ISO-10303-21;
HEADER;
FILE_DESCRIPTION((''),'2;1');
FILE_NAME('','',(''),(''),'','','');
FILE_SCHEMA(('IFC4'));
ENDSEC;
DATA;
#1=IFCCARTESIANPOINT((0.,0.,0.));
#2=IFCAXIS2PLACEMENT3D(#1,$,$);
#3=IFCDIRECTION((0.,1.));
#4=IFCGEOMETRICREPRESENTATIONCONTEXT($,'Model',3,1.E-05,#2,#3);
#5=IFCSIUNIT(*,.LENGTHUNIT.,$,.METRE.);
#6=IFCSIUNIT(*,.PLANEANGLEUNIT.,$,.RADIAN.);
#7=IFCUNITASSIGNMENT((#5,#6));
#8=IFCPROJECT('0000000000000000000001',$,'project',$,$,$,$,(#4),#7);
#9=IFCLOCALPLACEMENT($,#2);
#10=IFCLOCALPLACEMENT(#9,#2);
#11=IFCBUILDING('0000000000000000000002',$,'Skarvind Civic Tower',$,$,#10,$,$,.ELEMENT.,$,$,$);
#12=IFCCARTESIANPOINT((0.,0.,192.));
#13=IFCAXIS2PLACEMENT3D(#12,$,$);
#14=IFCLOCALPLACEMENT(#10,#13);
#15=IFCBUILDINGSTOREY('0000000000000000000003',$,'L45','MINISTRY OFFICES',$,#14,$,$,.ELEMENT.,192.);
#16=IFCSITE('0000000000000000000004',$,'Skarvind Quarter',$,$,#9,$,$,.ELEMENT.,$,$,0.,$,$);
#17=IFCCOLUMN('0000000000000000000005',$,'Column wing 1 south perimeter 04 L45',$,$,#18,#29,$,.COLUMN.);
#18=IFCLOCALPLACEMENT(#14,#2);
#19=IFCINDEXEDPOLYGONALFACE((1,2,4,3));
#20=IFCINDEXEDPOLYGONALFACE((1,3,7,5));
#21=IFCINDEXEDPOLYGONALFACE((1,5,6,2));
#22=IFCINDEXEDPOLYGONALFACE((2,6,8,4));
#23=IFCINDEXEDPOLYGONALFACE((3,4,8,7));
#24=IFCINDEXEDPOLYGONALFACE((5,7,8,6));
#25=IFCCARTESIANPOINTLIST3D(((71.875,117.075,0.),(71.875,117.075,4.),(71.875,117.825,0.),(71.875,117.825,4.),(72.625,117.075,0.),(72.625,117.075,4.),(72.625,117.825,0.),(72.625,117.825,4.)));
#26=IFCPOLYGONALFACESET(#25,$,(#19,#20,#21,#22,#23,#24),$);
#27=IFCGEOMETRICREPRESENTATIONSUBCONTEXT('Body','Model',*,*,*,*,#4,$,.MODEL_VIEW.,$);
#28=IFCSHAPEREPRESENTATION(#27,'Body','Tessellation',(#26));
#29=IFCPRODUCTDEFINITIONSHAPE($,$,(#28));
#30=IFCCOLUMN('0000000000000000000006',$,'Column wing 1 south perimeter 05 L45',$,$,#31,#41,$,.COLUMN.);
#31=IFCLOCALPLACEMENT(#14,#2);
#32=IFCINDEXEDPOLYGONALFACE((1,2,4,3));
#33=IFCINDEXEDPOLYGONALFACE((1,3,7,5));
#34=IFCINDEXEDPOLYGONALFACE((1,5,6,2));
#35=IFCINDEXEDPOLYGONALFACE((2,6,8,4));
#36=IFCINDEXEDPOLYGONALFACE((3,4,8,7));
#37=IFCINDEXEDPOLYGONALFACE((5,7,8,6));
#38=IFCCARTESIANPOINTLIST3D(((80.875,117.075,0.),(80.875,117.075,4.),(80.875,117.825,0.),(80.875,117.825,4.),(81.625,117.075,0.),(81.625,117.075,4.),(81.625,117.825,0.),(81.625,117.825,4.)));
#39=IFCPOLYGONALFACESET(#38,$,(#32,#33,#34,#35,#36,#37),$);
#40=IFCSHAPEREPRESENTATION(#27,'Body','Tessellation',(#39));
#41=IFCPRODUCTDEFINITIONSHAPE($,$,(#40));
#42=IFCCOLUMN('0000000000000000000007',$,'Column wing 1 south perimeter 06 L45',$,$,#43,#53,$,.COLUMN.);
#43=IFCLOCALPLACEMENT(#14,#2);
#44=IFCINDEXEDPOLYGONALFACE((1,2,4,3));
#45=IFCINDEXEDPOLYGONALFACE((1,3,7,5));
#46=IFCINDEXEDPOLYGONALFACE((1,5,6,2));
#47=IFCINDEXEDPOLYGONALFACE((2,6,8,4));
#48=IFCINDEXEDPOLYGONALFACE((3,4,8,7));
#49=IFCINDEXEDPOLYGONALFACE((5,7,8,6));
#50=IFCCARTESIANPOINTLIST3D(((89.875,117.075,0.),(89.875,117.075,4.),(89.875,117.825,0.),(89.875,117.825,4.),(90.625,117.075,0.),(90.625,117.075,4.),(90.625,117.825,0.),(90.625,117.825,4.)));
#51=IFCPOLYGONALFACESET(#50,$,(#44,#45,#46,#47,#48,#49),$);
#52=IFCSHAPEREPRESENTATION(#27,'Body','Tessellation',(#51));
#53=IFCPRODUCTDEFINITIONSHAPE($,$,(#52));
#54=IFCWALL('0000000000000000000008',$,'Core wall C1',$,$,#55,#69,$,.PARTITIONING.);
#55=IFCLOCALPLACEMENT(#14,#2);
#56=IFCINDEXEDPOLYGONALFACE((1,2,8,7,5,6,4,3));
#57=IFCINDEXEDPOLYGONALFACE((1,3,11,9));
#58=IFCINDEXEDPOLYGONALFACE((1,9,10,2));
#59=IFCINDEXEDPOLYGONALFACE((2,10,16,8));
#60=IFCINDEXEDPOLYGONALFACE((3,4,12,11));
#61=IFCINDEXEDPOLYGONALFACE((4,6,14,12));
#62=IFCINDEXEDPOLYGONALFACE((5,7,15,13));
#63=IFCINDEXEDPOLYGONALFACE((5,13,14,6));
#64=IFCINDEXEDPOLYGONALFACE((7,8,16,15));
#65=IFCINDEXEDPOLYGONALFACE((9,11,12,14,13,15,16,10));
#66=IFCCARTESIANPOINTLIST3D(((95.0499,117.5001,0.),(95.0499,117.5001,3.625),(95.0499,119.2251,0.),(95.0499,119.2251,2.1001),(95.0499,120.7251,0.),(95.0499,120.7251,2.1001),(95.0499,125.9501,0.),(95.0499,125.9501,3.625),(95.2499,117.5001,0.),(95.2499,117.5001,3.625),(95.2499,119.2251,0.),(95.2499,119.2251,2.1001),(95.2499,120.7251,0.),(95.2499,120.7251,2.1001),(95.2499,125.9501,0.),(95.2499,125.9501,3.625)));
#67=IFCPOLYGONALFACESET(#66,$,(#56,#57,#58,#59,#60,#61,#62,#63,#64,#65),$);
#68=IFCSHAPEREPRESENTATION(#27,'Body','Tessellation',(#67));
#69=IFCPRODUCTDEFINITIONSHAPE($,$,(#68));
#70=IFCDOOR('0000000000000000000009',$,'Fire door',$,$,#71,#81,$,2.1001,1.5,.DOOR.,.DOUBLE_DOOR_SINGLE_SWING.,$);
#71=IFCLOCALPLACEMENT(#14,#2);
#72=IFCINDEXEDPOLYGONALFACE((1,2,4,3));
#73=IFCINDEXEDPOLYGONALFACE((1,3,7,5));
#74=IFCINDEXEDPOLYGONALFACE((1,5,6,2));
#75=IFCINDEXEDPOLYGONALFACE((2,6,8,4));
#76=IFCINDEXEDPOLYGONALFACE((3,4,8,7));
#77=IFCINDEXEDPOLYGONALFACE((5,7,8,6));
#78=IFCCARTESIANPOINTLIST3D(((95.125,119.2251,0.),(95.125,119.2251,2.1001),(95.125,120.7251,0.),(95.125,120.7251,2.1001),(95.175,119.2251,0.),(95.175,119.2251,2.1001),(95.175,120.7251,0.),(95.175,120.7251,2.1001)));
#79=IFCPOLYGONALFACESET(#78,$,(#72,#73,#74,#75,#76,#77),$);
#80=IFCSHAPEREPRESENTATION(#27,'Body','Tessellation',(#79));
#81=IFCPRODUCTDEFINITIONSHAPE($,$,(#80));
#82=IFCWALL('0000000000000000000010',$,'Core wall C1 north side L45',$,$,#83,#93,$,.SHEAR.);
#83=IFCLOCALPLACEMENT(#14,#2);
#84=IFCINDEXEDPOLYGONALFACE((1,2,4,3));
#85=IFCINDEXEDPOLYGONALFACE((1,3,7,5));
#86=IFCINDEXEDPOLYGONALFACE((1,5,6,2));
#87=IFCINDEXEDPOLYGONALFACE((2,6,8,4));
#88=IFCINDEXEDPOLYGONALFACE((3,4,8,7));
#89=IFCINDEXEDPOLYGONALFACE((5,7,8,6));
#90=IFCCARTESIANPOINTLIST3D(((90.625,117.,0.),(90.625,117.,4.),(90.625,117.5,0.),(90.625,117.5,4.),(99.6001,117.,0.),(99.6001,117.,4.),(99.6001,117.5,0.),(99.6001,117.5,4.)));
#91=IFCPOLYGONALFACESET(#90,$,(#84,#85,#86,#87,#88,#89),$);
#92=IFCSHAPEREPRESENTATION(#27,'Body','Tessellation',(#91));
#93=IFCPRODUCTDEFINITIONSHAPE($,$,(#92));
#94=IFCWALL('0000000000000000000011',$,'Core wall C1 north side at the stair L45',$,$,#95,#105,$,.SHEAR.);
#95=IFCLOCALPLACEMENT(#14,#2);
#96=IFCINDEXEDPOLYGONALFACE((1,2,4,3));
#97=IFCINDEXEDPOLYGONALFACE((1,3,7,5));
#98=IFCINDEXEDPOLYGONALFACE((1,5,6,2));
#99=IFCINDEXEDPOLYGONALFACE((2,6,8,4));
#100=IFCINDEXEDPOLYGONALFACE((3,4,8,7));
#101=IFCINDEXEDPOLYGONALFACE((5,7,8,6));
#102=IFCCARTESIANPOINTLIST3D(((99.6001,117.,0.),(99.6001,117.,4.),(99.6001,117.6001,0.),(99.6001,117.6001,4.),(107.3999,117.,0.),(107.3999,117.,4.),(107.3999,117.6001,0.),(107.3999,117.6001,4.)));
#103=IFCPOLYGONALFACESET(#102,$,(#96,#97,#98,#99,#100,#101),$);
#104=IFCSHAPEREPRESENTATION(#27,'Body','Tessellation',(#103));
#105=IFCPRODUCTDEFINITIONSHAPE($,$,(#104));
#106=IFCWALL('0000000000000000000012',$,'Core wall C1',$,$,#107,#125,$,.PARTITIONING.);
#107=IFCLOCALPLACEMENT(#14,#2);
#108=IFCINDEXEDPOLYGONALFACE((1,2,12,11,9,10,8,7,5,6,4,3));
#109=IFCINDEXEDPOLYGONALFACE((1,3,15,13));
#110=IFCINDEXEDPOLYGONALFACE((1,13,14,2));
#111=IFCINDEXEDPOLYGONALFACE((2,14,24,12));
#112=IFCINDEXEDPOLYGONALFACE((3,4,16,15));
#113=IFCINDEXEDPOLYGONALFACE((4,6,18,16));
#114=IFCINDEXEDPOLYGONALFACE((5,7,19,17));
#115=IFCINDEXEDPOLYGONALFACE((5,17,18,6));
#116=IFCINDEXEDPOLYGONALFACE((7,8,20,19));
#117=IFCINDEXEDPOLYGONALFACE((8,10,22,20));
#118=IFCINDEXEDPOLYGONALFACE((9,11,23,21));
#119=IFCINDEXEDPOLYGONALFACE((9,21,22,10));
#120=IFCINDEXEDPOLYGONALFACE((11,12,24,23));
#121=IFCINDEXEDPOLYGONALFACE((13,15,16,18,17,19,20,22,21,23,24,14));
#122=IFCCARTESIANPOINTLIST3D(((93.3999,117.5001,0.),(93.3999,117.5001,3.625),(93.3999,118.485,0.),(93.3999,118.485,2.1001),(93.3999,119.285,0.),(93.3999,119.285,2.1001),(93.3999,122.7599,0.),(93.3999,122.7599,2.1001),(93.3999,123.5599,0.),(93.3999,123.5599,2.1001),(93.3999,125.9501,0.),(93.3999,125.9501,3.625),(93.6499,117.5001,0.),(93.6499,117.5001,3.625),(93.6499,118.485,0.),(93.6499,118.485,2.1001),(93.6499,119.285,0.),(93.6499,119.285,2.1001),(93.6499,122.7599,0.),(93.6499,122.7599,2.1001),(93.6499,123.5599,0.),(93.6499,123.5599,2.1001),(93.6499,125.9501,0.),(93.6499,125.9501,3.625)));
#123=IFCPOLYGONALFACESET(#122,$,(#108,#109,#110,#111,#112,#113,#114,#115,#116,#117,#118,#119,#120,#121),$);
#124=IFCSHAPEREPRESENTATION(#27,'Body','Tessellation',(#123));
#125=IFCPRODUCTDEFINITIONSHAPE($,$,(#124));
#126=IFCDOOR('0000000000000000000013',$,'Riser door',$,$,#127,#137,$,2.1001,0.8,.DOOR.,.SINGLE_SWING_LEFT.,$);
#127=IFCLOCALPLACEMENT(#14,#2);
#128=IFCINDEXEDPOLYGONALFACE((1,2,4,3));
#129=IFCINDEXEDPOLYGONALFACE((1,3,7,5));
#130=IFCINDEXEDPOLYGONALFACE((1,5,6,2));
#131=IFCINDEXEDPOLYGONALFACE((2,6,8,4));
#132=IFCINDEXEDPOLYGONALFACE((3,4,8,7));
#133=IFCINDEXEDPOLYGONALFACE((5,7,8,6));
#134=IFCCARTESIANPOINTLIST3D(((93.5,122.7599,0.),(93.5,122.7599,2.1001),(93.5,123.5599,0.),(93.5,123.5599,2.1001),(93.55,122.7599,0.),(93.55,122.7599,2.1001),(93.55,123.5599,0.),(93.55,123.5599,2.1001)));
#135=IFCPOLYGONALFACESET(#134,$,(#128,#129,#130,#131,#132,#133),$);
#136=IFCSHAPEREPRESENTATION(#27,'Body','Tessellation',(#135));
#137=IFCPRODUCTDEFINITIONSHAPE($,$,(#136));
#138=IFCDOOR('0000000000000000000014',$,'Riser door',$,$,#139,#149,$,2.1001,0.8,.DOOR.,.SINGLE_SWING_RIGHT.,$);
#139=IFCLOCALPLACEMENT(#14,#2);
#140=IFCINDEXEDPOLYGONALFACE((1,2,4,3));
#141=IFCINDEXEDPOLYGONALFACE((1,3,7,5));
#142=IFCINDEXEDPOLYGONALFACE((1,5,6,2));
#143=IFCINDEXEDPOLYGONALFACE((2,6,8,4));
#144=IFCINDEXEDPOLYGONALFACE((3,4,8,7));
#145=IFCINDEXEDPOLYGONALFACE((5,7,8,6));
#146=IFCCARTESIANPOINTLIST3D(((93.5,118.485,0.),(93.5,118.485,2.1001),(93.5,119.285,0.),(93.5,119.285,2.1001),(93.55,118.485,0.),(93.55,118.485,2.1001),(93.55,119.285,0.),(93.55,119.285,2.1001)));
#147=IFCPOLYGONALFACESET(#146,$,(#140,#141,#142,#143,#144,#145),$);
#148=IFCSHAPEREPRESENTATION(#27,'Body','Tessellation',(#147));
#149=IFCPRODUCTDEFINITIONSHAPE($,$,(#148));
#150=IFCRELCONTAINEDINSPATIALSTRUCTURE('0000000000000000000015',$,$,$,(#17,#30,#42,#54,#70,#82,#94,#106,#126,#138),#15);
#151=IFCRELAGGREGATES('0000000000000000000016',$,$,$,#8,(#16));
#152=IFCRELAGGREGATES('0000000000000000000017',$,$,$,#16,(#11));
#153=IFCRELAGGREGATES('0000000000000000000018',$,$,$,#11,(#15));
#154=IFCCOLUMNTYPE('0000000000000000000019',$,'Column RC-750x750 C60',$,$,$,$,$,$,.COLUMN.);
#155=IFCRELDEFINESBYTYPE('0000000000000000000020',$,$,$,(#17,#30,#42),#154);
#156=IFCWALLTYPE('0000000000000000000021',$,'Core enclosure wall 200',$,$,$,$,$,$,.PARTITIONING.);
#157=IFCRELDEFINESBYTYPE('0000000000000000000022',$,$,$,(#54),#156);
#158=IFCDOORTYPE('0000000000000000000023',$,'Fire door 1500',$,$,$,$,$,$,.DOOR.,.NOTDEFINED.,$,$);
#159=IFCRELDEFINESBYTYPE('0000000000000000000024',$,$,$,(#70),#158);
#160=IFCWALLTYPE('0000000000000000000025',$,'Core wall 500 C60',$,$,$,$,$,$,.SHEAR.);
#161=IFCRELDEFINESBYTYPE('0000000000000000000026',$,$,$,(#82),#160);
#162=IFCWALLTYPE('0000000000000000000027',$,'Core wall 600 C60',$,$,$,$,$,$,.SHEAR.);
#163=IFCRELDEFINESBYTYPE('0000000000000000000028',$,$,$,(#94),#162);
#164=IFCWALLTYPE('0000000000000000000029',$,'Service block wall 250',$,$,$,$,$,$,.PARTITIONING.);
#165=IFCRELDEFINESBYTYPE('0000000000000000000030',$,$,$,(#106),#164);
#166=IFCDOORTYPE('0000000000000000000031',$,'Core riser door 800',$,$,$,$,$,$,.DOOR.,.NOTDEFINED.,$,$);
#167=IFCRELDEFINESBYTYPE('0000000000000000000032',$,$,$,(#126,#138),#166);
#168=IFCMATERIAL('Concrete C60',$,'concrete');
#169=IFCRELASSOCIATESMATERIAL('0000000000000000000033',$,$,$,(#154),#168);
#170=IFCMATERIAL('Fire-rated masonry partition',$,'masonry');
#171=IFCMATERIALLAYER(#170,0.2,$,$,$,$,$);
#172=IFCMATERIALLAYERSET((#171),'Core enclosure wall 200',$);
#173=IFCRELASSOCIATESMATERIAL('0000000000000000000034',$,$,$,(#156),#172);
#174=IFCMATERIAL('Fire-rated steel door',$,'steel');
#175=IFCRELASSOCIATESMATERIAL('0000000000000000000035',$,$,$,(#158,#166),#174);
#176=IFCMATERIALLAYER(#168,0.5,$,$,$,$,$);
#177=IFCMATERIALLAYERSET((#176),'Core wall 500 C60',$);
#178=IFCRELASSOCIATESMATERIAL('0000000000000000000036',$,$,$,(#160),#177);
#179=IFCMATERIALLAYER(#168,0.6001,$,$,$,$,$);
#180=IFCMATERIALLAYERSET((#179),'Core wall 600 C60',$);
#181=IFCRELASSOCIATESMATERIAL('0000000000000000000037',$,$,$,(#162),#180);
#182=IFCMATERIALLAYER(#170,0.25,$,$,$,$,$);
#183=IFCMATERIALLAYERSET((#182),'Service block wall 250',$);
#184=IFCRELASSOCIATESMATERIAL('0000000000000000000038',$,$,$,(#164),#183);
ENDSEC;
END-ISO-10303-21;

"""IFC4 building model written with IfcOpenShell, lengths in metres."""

from ifc_helpers import new_model, si_unit, direction, frame, frame_2d, origin, origin_2d, place, context, subcontext, project, spatial, rectangle, extrude, material, layer, layer_set, material_profile, profile_set, type_object, element, fill, save


model = new_model("IFC4")

# Units and contexts
model_context = context("Model", 3, precision=1e-05, world=origin(), true_north=direction((0.0, 1.0)))
body_context = subcontext(model_context, "Body", "Model", "MODEL_VIEW")
ifc_project = project(units=[si_unit("LENGTHUNIT", "METRE"), si_unit("PLANEANGLEUNIT", "RADIAN")], contexts=[model_context])

# Site, building, storey
site_placement = place(None, origin())
site = spatial("IfcSite", under=ifc_project, at=site_placement, Name="Skarvind Quarter", CompositionType="ELEMENT", RefElevation=0.0)
building_placement = place(site_placement, origin())
building = spatial("IfcBuilding", under=site, at=building_placement, Name="Skarvind Civic Tower", CompositionType="ELEMENT")
storey_placement = place(building_placement, frame((0.0, 0.0, 192.0)))
storey = spatial("IfcBuildingStorey", under=building, at=storey_placement, Name="L45", Description="MINISTRY OFFICES", CompositionType="ELEMENT", Elevation=192.0)

# Columns
ifc_material_1 = material(Name="Concrete C60", Category="concrete")
ifc_material_profile_1 = material_profile(ifc_material_1, rectangle(XDim=0.75, YDim=0.75, at=origin_2d()), Name="RC-750x750")
ifc_profile_set_1 = profile_set([ifc_material_profile_1], Name="Concrete C60")
column_type = type_object("IfcColumnType", Name="Column RC-750x750 C60", PredefinedType="COLUMN", material=ifc_profile_set_1)
for number, where, z_axis, x_axis, name in (
    (1, (72.25, 117.45, 0.0), (0.0, 0.0, 1.0), (1.0, 0.0, 0.0), "Column wing 1 south perimeter 04 L45"),
    (2, (81.25, 117.45, 0.0), (0.0, 0.0, 1.0), (1.0, 0.0, 0.0), "Column wing 1 south perimeter 05 L45"),
    (3, (90.25, 117.45, 0.0), (0.0, 0.0, 1.0), (1.0, 0.0, 0.0), "Column wing 1 south perimeter 06 L45"),
):
    element("IfcColumn", number, at=place(storey_placement, frame(where, z_axis=z_axis, x_axis=x_axis)), inside=storey, type_object=column_type, Name=name, PredefinedType="COLUMN", context=body_context, shape_type="SweptSolid", body=[
        extrude(rectangle(XDim=0.75, YDim=0.75, at=origin_2d()), origin(), (0.0, 0.0, 1.0), 4.0),
    ])

# Wall, opening, door
ifc_material_2 = material(Name="Fire-rated masonry partition", Category="masonry")
ifc_layer_1 = layer(ifc_material_2, 0.2)
ifc_layer_set_1 = layer_set([ifc_layer_1], Name="Core enclosure wall 200")
wall_type_1 = type_object("IfcWallType", Name="Core enclosure wall 200", PredefinedType="PARTITIONING", material=ifc_layer_set_1)
wall_1_placement = place(storey_placement, frame((95.1499, 117.5, 0.0), z_axis=(0.0, 0.0, 1.0), x_axis=(0.0, 1.0, 0.0)))
wall_1 = element("IfcWall", 4, at=wall_1_placement, inside=storey, type_object=wall_type_1, Name="Core wall C1", PredefinedType="PARTITIONING", context=body_context, shape_type="SweptSolid", body=[
    extrude(rectangle(XDim=8.45, YDim=0.2, at=frame_2d((4.2251, 0.0))), origin(), (0.0, 0.0, 1.0), 3.625),
])
opening_1_placement = place(wall_1_placement, frame((1.7251, 0.0, 0.0)))
opening_1 = element("IfcOpeningElement", 5, at=opening_1_placement, cuts=wall_1, PredefinedType="OPENING", context=body_context, shape_type="SweptSolid", body=[
    extrude(rectangle(XDim=1.5, YDim=2.1001, at=frame_2d((0.75, 1.05))), frame((0.0, 0.1099, 0.0), z_axis=(0.0, -1.0, 0.0), x_axis=(1.0, 0.0, 0.0)), (0.0, 0.0, 1.0), 0.22),
])
ifc_material_3 = material(Name="Fire-rated steel door", Category="steel")
door_type_1 = type_object("IfcDoorType", Name="Fire door 1500", OperationType="NOTDEFINED", PredefinedType="DOOR", material=ifc_material_3)
door_1_placement = place(opening_1_placement, origin())
door_1 = element("IfcDoor", 6, at=door_1_placement, inside=storey, type_object=door_type_1, Name="Fire door", OperationType="DOUBLE_DOOR_SINGLE_SWING", OverallHeight=2.1001, OverallWidth=1.5, PredefinedType="DOOR", context=body_context, shape_type="SweptSolid", body=[
    extrude(rectangle(XDim=1.5, YDim=2.1001, at=frame_2d((0.75, 1.05))), frame((0.0, 0.0249, 0.0), z_axis=(0.0, -1.0, 0.0), x_axis=(1.0, 0.0, 0.0)), (0.0, 0.0, 1.0), 0.05),
])
fill(opening_1, door_1)

# Walls
ifc_layer_2 = layer(ifc_material_1, 0.5)
ifc_layer_set_2 = layer_set([ifc_layer_2], Name="Core wall 500 C60")
wall_type_2 = type_object("IfcWallType", Name="Core wall 500 C60", PredefinedType="SHEAR", material=ifc_layer_set_2)
wall_2_placement = place(storey_placement, frame((99.6001, 117.25, 0.0), z_axis=(0.0, 0.0, 1.0), x_axis=(-1.0, 0.0, 0.0)))
element("IfcWall", 7, at=wall_2_placement, inside=storey, type_object=wall_type_2, Name="Core wall C1 north side L45", PredefinedType="SHEAR", context=body_context, shape_type="SweptSolid", body=[
    extrude(rectangle(XDim=8.9751, YDim=0.5, at=frame_2d((4.4875, 0.0))), origin(), (0.0, 0.0, 1.0), 4.0),
])
ifc_layer_3 = layer(ifc_material_1, 0.6001)
ifc_layer_set_3 = layer_set([ifc_layer_3], Name="Core wall 600 C60")
wall_type_3 = type_object("IfcWallType", Name="Core wall 600 C60", PredefinedType="SHEAR", material=ifc_layer_set_3)
wall_3_placement = place(storey_placement, frame((107.3999, 117.3, 0.0), z_axis=(0.0, 0.0, 1.0), x_axis=(-1.0, 0.0, 0.0)))
element("IfcWall", 8, at=wall_3_placement, inside=storey, type_object=wall_type_3, Name="Core wall C1 north side at the stair L45", PredefinedType="SHEAR", context=body_context, shape_type="SweptSolid", body=[
    extrude(rectangle(XDim=7.7998, YDim=0.6001, at=frame_2d((3.8999, 0.0))), origin(), (0.0, 0.0, 1.0), 4.0),
])

# Wall, openings, doors
ifc_layer_4 = layer(ifc_material_2, 0.25)
ifc_layer_set_4 = layer_set([ifc_layer_4], Name="Service block wall 250")
wall_type_4 = type_object("IfcWallType", Name="Service block wall 250", PredefinedType="PARTITIONING", material=ifc_layer_set_4)
wall_4_placement = place(storey_placement, frame((93.5249, 117.5, 0.0), z_axis=(0.0, 0.0, 1.0), x_axis=(0.0, 1.0, 0.0)))
wall_4 = element("IfcWall", 9, at=wall_4_placement, inside=storey, type_object=wall_type_4, Name="Core wall C1", PredefinedType="PARTITIONING", context=body_context, shape_type="SweptSolid", body=[
    extrude(rectangle(XDim=8.45, YDim=0.25, at=frame_2d((4.2251, 0.0))), origin(), (0.0, 0.0, 1.0), 3.625),
])
opening_2_placement = place(wall_4_placement, frame((5.26, 0.0, 0.0)))
opening_2 = element("IfcOpeningElement", 10, at=opening_2_placement, cuts=wall_4, PredefinedType="OPENING", context=body_context, shape_type="SweptSolid", body=[
    extrude(rectangle(XDim=0.8, YDim=2.1001, at=frame_2d((0.3999, 1.05))), frame((0.0, 0.135, 0.0), z_axis=(0.0, -1.0, 0.0), x_axis=(1.0, 0.0, 0.0)), (0.0, 0.0, 1.0), 0.27),
])
opening_3_placement = place(wall_4_placement, frame((0.9851, 0.0, 0.0)))
opening_3 = element("IfcOpeningElement", 11, at=opening_3_placement, cuts=wall_4, PredefinedType="OPENING", context=body_context, shape_type="SweptSolid", body=[
    extrude(rectangle(XDim=0.8, YDim=2.1001, at=frame_2d((0.3999, 1.05))), frame((0.0, 0.135, 0.0), z_axis=(0.0, -1.0, 0.0), x_axis=(1.0, 0.0, 0.0)), (0.0, 0.0, 1.0), 0.27),
])
door_type_2 = type_object("IfcDoorType", Name="Core riser door 800", OperationType="NOTDEFINED", PredefinedType="DOOR", material=ifc_material_3)
door_2_placement = place(opening_2_placement, origin())
door_2 = element("IfcDoor", 12, at=door_2_placement, inside=storey, type_object=door_type_2, Name="Riser door", OperationType="SINGLE_SWING_LEFT", OverallHeight=2.1001, OverallWidth=0.8, PredefinedType="DOOR", context=body_context, shape_type="SweptSolid", body=[
    extrude(rectangle(XDim=0.8, YDim=2.1001, at=frame_2d((0.3999, 1.05))), frame((0.0, 0.0249, 0.0), z_axis=(0.0, -1.0, 0.0), x_axis=(1.0, 0.0, 0.0)), (0.0, 0.0, 1.0), 0.05),
])
fill(opening_2, door_2)
door_3_placement = place(opening_3_placement, origin())
door_3 = element("IfcDoor", 13, at=door_3_placement, inside=storey, type_object=door_type_2, Name="Riser door", OperationType="SINGLE_SWING_RIGHT", OverallHeight=2.1001, OverallWidth=0.8, PredefinedType="DOOR", context=body_context, shape_type="SweptSolid", body=[
    extrude(rectangle(XDim=0.8, YDim=2.1001, at=frame_2d((0.3999, 1.05))), frame((0.0, 0.0249, 0.0), z_axis=(0.0, -1.0, 0.0), x_axis=(1.0, 0.0, 0.0)), (0.0, 0.0, 1.0), 0.05),
])
fill(opening_3, door_3)

save(model, "model.ifc")
